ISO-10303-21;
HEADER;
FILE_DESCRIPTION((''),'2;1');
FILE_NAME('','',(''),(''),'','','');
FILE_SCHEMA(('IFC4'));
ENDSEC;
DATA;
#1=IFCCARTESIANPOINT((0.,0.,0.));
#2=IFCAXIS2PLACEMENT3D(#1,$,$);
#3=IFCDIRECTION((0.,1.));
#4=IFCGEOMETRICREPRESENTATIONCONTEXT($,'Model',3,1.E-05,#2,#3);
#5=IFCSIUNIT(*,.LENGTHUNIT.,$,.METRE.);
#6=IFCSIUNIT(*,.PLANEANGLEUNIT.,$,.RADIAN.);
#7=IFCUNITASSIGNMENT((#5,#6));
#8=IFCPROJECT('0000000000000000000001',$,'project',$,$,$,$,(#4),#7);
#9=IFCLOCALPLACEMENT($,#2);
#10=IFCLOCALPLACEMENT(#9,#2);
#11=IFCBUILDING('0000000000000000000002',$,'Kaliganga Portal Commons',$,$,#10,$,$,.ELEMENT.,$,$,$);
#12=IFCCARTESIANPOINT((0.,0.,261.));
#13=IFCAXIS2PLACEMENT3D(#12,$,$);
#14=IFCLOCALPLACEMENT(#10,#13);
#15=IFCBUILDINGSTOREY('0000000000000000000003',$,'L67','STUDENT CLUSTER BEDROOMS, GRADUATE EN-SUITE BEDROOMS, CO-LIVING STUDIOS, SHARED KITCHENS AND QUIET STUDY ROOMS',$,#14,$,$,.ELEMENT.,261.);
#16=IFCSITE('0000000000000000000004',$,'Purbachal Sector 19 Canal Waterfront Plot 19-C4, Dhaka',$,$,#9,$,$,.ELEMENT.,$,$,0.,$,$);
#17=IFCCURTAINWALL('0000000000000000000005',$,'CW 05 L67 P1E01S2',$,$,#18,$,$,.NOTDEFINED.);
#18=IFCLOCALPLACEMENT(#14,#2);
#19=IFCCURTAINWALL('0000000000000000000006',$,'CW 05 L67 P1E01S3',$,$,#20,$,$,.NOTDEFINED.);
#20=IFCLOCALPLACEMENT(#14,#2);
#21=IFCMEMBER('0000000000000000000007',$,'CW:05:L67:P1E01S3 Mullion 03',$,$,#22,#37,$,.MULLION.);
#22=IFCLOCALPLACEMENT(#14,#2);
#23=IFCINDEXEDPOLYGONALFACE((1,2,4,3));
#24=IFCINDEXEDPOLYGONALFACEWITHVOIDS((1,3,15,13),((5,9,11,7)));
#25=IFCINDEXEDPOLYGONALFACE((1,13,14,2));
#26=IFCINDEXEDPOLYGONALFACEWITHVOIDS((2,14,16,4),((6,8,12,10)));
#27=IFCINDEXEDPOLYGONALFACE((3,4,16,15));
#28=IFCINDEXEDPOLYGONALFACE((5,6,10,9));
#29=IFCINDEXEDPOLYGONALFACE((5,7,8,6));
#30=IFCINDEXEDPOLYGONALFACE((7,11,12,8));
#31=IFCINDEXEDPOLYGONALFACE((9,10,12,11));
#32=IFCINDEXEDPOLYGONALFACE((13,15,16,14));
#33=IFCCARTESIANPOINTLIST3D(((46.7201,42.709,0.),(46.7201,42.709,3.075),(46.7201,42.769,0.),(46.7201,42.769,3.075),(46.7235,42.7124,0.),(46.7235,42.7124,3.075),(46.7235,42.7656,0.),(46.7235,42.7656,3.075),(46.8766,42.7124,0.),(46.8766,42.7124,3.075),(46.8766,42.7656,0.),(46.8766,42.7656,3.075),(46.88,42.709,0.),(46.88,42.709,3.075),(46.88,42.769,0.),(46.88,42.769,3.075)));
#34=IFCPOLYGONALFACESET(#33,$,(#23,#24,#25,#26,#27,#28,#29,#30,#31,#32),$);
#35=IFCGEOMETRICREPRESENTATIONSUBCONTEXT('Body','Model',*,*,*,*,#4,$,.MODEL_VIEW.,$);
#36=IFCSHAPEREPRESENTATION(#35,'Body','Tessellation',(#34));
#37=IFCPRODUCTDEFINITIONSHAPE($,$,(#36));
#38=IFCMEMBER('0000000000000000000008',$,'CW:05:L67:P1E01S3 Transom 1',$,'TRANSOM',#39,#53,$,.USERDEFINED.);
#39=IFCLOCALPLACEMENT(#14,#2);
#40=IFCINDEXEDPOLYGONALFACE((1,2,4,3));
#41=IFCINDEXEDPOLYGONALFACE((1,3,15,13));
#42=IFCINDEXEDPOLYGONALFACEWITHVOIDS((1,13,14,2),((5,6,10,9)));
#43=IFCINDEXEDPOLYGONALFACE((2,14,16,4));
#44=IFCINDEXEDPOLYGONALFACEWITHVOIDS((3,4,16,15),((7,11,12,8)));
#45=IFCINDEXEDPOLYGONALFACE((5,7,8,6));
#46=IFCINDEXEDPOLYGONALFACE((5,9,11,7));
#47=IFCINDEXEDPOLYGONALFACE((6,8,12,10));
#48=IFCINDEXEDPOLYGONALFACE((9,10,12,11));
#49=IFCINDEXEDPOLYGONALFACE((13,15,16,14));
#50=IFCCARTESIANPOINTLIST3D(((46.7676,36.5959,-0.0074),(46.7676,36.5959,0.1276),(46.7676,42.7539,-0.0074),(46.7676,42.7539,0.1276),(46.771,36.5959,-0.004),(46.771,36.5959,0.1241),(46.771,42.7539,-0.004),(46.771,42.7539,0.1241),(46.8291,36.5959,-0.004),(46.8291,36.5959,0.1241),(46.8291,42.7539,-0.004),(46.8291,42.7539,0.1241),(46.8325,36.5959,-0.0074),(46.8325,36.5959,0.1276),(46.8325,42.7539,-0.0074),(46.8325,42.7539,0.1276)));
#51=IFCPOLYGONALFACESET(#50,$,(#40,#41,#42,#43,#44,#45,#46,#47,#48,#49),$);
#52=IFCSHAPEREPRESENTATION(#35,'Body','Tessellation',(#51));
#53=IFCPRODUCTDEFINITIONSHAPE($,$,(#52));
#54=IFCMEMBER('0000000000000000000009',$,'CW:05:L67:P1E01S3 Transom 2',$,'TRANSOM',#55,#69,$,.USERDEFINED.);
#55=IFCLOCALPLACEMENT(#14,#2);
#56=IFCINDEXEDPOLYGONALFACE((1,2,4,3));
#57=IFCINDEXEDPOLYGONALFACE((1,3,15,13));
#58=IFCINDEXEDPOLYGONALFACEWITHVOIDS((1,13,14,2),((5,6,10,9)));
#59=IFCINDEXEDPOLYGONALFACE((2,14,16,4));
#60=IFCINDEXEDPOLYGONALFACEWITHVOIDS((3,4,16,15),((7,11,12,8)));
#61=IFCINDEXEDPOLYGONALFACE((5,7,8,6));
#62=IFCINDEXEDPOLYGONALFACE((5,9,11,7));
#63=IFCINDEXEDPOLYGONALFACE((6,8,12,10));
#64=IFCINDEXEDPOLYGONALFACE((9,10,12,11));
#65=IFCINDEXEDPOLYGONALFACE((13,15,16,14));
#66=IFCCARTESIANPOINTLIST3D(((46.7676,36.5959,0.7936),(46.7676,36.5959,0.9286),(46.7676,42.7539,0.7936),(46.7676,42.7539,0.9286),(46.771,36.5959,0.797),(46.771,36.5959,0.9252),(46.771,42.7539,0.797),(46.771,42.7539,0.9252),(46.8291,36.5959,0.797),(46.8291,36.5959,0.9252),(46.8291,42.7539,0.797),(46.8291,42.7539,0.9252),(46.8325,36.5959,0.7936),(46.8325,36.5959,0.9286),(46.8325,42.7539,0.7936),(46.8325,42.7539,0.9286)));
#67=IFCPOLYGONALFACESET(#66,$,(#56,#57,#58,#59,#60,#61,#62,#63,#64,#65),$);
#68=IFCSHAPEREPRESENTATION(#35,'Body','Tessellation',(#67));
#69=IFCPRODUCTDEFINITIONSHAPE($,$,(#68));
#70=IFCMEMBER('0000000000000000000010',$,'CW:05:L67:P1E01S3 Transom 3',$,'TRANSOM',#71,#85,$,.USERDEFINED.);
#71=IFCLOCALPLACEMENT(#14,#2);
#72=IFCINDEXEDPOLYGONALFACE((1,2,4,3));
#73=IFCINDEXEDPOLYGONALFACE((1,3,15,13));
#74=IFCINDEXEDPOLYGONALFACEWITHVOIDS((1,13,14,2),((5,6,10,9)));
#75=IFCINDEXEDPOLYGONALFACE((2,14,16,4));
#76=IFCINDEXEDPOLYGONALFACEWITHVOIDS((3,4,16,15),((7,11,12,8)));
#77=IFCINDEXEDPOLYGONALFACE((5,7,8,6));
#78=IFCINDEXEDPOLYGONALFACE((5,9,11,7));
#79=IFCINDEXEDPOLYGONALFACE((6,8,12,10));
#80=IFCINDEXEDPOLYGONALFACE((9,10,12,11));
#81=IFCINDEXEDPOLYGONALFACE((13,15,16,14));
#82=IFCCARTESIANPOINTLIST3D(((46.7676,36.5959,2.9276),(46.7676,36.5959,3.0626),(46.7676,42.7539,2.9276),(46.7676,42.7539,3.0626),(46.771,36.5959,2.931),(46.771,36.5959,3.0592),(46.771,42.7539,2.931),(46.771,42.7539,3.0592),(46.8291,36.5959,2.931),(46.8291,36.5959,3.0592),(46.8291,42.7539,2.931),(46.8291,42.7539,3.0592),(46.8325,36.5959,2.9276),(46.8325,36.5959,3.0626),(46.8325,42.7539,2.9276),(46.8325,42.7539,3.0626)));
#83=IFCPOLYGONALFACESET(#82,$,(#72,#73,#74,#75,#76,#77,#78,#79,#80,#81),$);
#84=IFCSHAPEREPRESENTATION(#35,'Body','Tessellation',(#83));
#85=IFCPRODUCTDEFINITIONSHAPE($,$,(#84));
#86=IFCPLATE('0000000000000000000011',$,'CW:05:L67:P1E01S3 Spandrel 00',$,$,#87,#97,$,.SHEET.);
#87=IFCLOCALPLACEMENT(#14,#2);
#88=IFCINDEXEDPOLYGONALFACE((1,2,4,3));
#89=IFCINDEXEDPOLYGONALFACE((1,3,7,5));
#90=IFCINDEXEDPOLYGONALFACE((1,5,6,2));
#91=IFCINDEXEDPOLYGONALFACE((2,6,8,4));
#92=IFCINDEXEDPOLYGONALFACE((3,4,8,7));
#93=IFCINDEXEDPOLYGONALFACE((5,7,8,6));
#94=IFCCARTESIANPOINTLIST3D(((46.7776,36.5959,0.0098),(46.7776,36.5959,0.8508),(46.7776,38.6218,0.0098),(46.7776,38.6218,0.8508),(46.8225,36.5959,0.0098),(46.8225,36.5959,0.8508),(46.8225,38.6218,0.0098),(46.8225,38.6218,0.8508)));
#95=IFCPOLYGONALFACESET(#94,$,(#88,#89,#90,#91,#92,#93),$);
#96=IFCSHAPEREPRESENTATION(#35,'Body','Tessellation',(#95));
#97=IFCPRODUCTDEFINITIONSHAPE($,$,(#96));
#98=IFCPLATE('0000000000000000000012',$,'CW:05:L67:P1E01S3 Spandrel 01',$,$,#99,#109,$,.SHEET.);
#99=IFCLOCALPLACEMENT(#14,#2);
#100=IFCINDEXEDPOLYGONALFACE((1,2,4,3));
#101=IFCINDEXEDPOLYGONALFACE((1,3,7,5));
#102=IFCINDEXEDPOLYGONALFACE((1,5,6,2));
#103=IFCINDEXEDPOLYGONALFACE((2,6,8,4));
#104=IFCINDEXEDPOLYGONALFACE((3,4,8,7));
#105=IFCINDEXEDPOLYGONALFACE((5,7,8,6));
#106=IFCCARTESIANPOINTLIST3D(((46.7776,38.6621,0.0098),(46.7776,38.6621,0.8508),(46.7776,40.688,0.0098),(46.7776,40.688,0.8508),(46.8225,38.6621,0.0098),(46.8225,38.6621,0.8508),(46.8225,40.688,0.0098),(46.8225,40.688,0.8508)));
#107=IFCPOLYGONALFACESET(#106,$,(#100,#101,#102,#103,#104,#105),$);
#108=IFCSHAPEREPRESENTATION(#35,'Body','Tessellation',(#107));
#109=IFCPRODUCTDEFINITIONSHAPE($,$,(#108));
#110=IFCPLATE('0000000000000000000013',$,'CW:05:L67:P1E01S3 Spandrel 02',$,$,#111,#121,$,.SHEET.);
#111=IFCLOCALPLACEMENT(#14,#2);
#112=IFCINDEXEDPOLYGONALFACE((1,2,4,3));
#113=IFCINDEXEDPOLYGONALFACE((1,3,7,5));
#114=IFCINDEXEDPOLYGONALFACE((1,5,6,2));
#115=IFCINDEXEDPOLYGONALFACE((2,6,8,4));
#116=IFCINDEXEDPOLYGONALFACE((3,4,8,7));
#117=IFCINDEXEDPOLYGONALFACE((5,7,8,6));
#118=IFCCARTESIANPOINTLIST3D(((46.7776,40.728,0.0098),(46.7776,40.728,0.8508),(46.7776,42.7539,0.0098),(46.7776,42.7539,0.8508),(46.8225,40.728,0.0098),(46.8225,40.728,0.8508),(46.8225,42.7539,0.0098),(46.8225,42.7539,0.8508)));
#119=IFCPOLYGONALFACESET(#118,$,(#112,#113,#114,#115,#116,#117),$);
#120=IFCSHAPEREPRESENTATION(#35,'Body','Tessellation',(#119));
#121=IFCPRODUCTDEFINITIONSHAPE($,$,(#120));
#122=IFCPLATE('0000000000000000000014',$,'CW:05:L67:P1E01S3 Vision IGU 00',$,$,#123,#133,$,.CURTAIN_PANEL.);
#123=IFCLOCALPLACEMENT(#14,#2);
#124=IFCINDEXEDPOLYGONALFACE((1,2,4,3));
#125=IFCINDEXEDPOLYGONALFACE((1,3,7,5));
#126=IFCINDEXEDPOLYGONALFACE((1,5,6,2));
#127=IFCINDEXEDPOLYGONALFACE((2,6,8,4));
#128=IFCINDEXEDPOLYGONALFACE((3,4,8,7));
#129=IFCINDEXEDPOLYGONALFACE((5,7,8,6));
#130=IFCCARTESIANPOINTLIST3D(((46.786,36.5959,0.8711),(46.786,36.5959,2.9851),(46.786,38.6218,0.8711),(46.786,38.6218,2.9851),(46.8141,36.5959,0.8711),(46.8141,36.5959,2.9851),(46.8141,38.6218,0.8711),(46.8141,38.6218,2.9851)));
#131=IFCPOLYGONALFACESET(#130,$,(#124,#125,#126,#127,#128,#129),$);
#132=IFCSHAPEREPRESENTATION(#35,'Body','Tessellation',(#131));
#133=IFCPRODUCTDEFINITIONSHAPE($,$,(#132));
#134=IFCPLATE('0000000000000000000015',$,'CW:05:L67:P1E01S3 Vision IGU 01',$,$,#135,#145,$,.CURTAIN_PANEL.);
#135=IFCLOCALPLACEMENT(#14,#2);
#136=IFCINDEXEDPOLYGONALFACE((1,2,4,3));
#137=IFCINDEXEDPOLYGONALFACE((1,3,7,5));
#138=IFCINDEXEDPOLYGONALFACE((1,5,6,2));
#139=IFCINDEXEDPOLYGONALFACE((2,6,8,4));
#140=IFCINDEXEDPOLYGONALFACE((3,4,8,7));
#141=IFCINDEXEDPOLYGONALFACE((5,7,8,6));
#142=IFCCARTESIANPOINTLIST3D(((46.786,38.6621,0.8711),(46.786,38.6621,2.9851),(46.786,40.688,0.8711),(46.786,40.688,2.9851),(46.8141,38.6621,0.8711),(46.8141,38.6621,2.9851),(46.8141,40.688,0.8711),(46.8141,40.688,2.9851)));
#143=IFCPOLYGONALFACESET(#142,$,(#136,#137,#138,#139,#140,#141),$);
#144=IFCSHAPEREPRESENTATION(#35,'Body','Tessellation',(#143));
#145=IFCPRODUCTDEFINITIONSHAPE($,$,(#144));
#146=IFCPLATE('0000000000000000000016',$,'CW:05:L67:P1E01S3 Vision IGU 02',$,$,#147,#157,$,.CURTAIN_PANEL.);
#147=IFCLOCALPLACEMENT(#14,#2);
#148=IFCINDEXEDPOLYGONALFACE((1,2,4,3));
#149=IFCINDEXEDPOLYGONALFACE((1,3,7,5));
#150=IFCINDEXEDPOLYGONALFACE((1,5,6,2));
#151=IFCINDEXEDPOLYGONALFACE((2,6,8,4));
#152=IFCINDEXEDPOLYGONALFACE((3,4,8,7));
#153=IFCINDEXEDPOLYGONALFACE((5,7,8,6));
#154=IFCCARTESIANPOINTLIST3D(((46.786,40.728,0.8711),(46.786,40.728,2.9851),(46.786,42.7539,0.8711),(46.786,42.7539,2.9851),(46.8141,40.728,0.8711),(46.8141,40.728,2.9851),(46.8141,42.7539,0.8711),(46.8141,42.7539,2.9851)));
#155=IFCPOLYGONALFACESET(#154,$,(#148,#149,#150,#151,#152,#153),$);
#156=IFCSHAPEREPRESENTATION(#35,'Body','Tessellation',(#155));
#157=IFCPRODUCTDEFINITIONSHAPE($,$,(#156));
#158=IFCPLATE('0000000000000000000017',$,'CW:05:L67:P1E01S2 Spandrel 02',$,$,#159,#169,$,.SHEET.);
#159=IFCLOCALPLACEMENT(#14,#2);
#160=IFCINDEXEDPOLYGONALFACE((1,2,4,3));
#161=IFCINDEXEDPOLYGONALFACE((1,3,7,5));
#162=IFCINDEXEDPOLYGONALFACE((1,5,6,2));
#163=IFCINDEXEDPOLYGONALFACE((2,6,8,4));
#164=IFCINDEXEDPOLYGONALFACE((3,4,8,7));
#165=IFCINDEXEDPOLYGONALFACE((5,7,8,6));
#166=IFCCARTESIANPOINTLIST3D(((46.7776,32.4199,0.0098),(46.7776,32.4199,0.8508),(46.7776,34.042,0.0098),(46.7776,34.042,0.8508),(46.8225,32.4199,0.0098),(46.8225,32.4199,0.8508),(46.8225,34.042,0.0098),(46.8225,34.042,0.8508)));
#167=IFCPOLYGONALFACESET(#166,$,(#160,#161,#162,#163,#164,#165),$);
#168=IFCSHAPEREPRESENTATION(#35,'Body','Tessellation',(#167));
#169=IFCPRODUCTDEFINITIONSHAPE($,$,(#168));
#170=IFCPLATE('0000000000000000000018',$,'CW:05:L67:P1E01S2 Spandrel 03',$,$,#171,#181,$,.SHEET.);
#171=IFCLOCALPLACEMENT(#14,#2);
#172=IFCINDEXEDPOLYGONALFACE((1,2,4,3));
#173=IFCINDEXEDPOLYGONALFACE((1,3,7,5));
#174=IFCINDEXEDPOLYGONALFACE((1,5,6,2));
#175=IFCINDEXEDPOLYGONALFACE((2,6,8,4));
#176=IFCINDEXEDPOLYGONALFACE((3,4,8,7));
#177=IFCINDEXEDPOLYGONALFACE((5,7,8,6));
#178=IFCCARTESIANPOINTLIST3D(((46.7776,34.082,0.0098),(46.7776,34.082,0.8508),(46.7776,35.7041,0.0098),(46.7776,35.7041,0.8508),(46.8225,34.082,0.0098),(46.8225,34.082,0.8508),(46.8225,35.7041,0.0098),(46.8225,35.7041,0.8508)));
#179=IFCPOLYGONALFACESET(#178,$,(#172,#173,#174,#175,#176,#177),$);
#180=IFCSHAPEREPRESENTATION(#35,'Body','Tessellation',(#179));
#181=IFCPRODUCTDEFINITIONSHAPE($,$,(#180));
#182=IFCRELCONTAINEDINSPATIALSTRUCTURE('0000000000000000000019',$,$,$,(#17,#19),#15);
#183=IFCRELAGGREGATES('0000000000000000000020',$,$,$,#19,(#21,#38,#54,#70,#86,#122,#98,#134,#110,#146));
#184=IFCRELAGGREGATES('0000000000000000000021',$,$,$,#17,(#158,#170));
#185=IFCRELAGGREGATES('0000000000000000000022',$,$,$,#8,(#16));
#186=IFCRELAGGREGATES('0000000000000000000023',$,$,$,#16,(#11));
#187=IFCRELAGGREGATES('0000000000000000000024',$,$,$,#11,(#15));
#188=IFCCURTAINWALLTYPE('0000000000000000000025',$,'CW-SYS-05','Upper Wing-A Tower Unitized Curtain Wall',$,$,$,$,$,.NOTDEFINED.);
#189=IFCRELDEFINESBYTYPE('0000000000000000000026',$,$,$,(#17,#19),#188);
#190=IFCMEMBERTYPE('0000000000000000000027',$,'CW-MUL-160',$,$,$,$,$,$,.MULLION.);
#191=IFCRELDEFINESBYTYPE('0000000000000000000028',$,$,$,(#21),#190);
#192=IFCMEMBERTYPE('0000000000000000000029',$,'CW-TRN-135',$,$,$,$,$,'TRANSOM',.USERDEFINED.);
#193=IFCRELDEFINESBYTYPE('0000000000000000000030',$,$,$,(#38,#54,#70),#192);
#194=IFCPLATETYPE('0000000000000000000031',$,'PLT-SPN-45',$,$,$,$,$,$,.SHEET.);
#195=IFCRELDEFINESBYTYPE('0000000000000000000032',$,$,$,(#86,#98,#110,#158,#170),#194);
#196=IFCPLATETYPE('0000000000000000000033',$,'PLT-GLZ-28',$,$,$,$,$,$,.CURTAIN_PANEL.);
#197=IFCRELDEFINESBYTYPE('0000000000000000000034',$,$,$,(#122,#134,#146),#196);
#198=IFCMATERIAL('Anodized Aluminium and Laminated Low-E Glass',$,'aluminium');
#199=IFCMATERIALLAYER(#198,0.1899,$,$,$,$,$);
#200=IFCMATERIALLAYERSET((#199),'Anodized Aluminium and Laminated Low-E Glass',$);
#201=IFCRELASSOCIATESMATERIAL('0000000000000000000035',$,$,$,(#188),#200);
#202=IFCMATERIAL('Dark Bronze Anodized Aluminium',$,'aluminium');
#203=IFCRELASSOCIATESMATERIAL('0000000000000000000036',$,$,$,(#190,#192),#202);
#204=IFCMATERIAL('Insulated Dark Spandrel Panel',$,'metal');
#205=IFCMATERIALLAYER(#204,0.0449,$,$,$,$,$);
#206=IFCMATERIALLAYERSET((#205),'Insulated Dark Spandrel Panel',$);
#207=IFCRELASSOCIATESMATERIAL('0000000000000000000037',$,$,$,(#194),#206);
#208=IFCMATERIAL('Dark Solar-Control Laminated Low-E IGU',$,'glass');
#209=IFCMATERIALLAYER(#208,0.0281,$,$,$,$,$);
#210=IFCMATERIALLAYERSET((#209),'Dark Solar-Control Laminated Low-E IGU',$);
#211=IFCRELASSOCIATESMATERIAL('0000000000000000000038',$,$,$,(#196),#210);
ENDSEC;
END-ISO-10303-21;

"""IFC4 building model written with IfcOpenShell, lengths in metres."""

from ifc_helpers import new_model, si_unit, direction, frame, origin, origin_2d, place, context, subcontext, project, spatial, rectangle, hollow_rectangle, extrude, source, transform, mapped, material, layer, layer_set, material_profile, profile_set, type_object, element, aggregate, save


model = new_model("IFC4")

# Units and contexts
model_context = context("Model", 3, precision=1e-05, world=origin(), true_north=direction((0.0, 1.0)))
body_context = subcontext(model_context, "Body", "Model", "MODEL_VIEW")
ifc_project = project(units=[si_unit("LENGTHUNIT", "METRE"), si_unit("PLANEANGLEUNIT", "RADIAN")], contexts=[model_context])

# Site, building, storey
site_placement = place(None, origin())
site = spatial("IfcSite", under=ifc_project, at=site_placement, Name="Purbachal Sector 19 Canal Waterfront Plot 19-C4, Dhaka", CompositionType="ELEMENT", RefElevation=0.0)
building_placement = place(site_placement, origin())
building = spatial("IfcBuilding", under=site, at=building_placement, Name="Kaliganga Portal Commons", CompositionType="ELEMENT")
storey_placement = place(building_placement, frame((0.0, 0.0, 261.0)))
storey = spatial("IfcBuildingStorey", under=building, at=storey_placement, Name="L67", Description="STUDENT CLUSTER BEDROOMS, GRADUATE EN-SUITE BEDROOMS, CO-LIVING STUDIOS, SHARED KITCHENS AND QUIET STUDY ROOMS", CompositionType="ELEMENT", Elevation=261.0)

# Curtain wall
ifc_material_1 = material(Name="Anodized Aluminium and Laminated Low-E Glass", Category="aluminium")
ifc_layer_1 = layer(ifc_material_1, 0.1899)
ifc_layer_set_1 = layer_set([ifc_layer_1], Name="Anodized Aluminium and Laminated Low-E Glass")
curtain_wall_type = type_object("IfcCurtainWallType", Name="CW-SYS-05", Description="Upper Wing-A Tower Unitized Curtain Wall", PredefinedType="NOTDEFINED", material=ifc_layer_set_1)
curtain_wall_1_placement = place(storey_placement, origin())
curtain_wall_1 = element("IfcCurtainWall", 1, at=curtain_wall_1_placement, inside=storey, type_object=curtain_wall_type, Name="CW 05 L67 P1E01S2", PredefinedType="NOTDEFINED")
ifc_material_2 = material(Name="Dark Bronze Anodized Aluminium", Category="aluminium")
ifc_material_profile_1 = material_profile(ifc_material_2, hollow_rectangle(XDim=0.0601, YDim=0.1599, WallThickness=0.0034, at=origin_2d()), Name="ALU MULL 60x160x3.5")
ifc_profile_set_1 = profile_set([ifc_material_profile_1], Name="Dark Bronze Anodized Aluminium")
member_type_1 = type_object("IfcMemberType", Name="CW-MUL-160", PredefinedType="MULLION", material=ifc_profile_set_1)
shared_shape_1 = source(origin(), body_context, "Body", "SweptSolid", [
    extrude(hollow_rectangle(XDim=0.0601, YDim=0.1599, WallThickness=0.0034, at=origin_2d()), origin(), (0.0, 0.0, 1.0), 3.075),
])

# Curtain wall, members, plates
curtain_wall_2_placement = place(storey_placement, origin())
curtain_wall_2 = element("IfcCurtainWall", 2, at=curtain_wall_2_placement, inside=storey, type_object=curtain_wall_type, Name="CW 05 L67 P1E01S3", PredefinedType="NOTDEFINED")
member_1_placement = place(storey_placement, frame((46.8, 42.739, 0.0), z_axis=(0.0, 0.0, 1.0), x_axis=(0.0, 1.0, 0.0)))
member_1 = element("IfcMember", 3, at=member_1_placement, type_object=member_type_1, Name="CW:05:L67:P1E01S3 Mullion 03", PredefinedType="MULLION", context=body_context, shape_type="MappedRepresentation", body=[
    mapped(shared_shape_1, transform((0.0, 0.0, 0.0), x_axis=(1.0, 0.0, 0.0), y_axis=(0.0, 1.0, 0.0), z_axis=(0.0, 0.0, 1.0), scale=1.0)),
])
ifc_material_profile_2 = material_profile(ifc_material_2, hollow_rectangle(XDim=0.0649, YDim=0.135, WallThickness=0.0034, at=origin_2d()), Name="ALU TRAN 65x135x3.5")
ifc_profile_set_2 = profile_set([ifc_material_profile_2], Name="Dark Bronze Anodized Aluminium")
member_type_2 = type_object("IfcMemberType", Name="CW-TRN-135", ElementType="TRANSOM", PredefinedType="USERDEFINED", material=ifc_profile_set_2)
shared_shape_2 = source(origin(), body_context, "Body", "SweptSolid", [
    extrude(hollow_rectangle(XDim=0.0649, YDim=0.135, WallThickness=0.0034, at=origin_2d()), origin(), (0.0, 0.0, 1.0), 6.158),
])
member_2_placement = place(storey_placement, frame((46.8, 36.5959, 0.0601), z_axis=(0.0, 1.0, 0.0), x_axis=(-1.0, 0.0, 0.0)))
member_2 = element("IfcMember", 4, at=member_2_placement, type_object=member_type_2, Name="CW:05:L67:P1E01S3 Transom 1", ObjectType="TRANSOM", PredefinedType="USERDEFINED", context=body_context, shape_type="MappedRepresentation", body=[
    mapped(shared_shape_2, transform((0.0, 0.0, 0.0), x_axis=(1.0, 0.0, 0.0), y_axis=(0.0, 1.0, 0.0), z_axis=(0.0, 0.0, 1.0), scale=1.0)),
])
member_3_placement = place(storey_placement, frame((46.8, 36.5959, 0.8611), z_axis=(0.0, 1.0, 0.0), x_axis=(-1.0, 0.0, 0.0)))
member_3 = element("IfcMember", 5, at=member_3_placement, type_object=member_type_2, Name="CW:05:L67:P1E01S3 Transom 2", ObjectType="TRANSOM", PredefinedType="USERDEFINED", context=body_context, shape_type="MappedRepresentation", body=[
    mapped(shared_shape_2, transform((0.0, 0.0, 0.0), x_axis=(1.0, 0.0, 0.0), y_axis=(0.0, 1.0, 0.0), z_axis=(0.0, 0.0, 1.0), scale=1.0)),
])
member_4_placement = place(storey_placement, frame((46.8, 36.5959, 2.9951), z_axis=(0.0, 1.0, 0.0), x_axis=(-1.0, 0.0, 0.0)))
member_4 = element("IfcMember", 6, at=member_4_placement, type_object=member_type_2, Name="CW:05:L67:P1E01S3 Transom 3", ObjectType="TRANSOM", PredefinedType="USERDEFINED", context=body_context, shape_type="MappedRepresentation", body=[
    mapped(shared_shape_2, transform((0.0, 0.0, 0.0), x_axis=(1.0, 0.0, 0.0), y_axis=(0.0, 1.0, 0.0), z_axis=(0.0, 0.0, 1.0), scale=1.0)),
])
ifc_material_3 = material(Name="Insulated Dark Spandrel Panel", Category="metal")
ifc_layer_2 = layer(ifc_material_3, 0.0449)
ifc_layer_set_2 = layer_set([ifc_layer_2], Name="Insulated Dark Spandrel Panel")
plate_type_1 = type_object("IfcPlateType", Name="PLT-SPN-45", PredefinedType="SHEET", material=ifc_layer_set_2)
shared_shape_3 = source(origin(), body_context, "Body", "SweptSolid", [
    extrude(rectangle(XDim=2.0259, YDim=0.0449, at=origin_2d()), origin(), (0.0, 0.0, 1.0), 0.8411),
])
plate_1_placement = place(storey_placement, frame((46.8, 37.6089, 0.0098), z_axis=(0.0, 0.0, 1.0), x_axis=(0.0, 1.0, 0.0)))
plate_1 = element("IfcPlate", 7, at=plate_1_placement, type_object=plate_type_1, Name="CW:05:L67:P1E01S3 Spandrel 00", PredefinedType="SHEET", context=body_context, shape_type="MappedRepresentation", body=[
    mapped(shared_shape_3, transform((0.0, 0.0, 0.0), x_axis=(1.0, 0.0, 0.0), y_axis=(0.0, 1.0, 0.0), z_axis=(0.0, 0.0, 1.0), scale=1.0)),
])
plate_2_placement = place(storey_placement, frame((46.8, 39.675, 0.0098), z_axis=(0.0, 0.0, 1.0), x_axis=(0.0, 1.0, 0.0)))
plate_2 = element("IfcPlate", 8, at=plate_2_placement, type_object=plate_type_1, Name="CW:05:L67:P1E01S3 Spandrel 01", PredefinedType="SHEET", context=body_context, shape_type="MappedRepresentation", body=[
    mapped(shared_shape_3, transform((0.0, 0.0, 0.0), x_axis=(1.0, 0.0, 0.0), y_axis=(0.0, 1.0, 0.0), z_axis=(0.0, 0.0, 1.0), scale=1.0)),
])
plate_3_placement = place(storey_placement, frame((46.8, 41.741, 0.0098), z_axis=(0.0, 0.0, 1.0), x_axis=(0.0, 1.0, 0.0)))
plate_3 = element("IfcPlate", 9, at=plate_3_placement, type_object=plate_type_1, Name="CW:05:L67:P1E01S3 Spandrel 02", PredefinedType="SHEET", context=body_context, shape_type="MappedRepresentation", body=[
    mapped(shared_shape_3, transform((0.0, 0.0, 0.0), x_axis=(1.0, 0.0, 0.0), y_axis=(0.0, 1.0, 0.0), z_axis=(0.0, 0.0, 1.0), scale=1.0)),
])
ifc_material_4 = material(Name="Dark Solar-Control Laminated Low-E IGU", Category="glass")
ifc_layer_3 = layer(ifc_material_4, 0.0281)
ifc_layer_set_3 = layer_set([ifc_layer_3], Name="Dark Solar-Control Laminated Low-E IGU")
plate_type_2 = type_object("IfcPlateType", Name="PLT-GLZ-28", PredefinedType="CURTAIN_PANEL", material=ifc_layer_set_3)
shared_shape_4 = source(origin(), body_context, "Body", "SweptSolid", [
    extrude(rectangle(XDim=2.0259, YDim=0.0281, at=origin_2d()), origin(), (0.0, 0.0, 1.0), 2.114),
])
plate_4_placement = place(storey_placement, frame((46.8, 37.6089, 0.8711), z_axis=(0.0, 0.0, 1.0), x_axis=(0.0, 1.0, 0.0)))
plate_4 = element("IfcPlate", 10, at=plate_4_placement, type_object=plate_type_2, Name="CW:05:L67:P1E01S3 Vision IGU 00", PredefinedType="CURTAIN_PANEL", context=body_context, shape_type="MappedRepresentation", body=[
    mapped(shared_shape_4, transform((0.0, 0.0, 0.0), x_axis=(1.0, 0.0, 0.0), y_axis=(0.0, 1.0, 0.0), z_axis=(0.0, 0.0, 1.0), scale=1.0)),
])
plate_5_placement = place(storey_placement, frame((46.8, 39.675, 0.8711), z_axis=(0.0, 0.0, 1.0), x_axis=(0.0, 1.0, 0.0)))
plate_5 = element("IfcPlate", 11, at=plate_5_placement, type_object=plate_type_2, Name="CW:05:L67:P1E01S3 Vision IGU 01", PredefinedType="CURTAIN_PANEL", context=body_context, shape_type="MappedRepresentation", body=[
    mapped(shared_shape_4, transform((0.0, 0.0, 0.0), x_axis=(1.0, 0.0, 0.0), y_axis=(0.0, 1.0, 0.0), z_axis=(0.0, 0.0, 1.0), scale=1.0)),
])
plate_6_placement = place(storey_placement, frame((46.8, 41.741, 0.8711), z_axis=(0.0, 0.0, 1.0), x_axis=(0.0, 1.0, 0.0)))
plate_6 = element("IfcPlate", 12, at=plate_6_placement, type_object=plate_type_2, Name="CW:05:L67:P1E01S3 Vision IGU 02", PredefinedType="CURTAIN_PANEL", context=body_context, shape_type="MappedRepresentation", body=[
    mapped(shared_shape_4, transform((0.0, 0.0, 0.0), x_axis=(1.0, 0.0, 0.0), y_axis=(0.0, 1.0, 0.0), z_axis=(0.0, 0.0, 1.0), scale=1.0)),
])
aggregate(curtain_wall_2, [member_1, member_2, member_3, member_4, plate_1, plate_4, plate_2, plate_5, plate_3, plate_6])

# Plates
shared_shape_5 = source(origin(), body_context, "Body", "SweptSolid", [
    extrude(rectangle(XDim=1.6221, YDim=0.0449, at=origin_2d()), origin(), (0.0, 0.0, 1.0), 0.8411),
])
plate_7_placement = place(storey_placement, frame((46.8, 33.231, 0.0098), z_axis=(0.0, 0.0, 1.0), x_axis=(0.0, 1.0, 0.0)))
plate_7 = element("IfcPlate", 13, at=plate_7_placement, type_object=plate_type_1, Name="CW:05:L67:P1E01S2 Spandrel 02", PredefinedType="SHEET", context=body_context, shape_type="MappedRepresentation", body=[
    mapped(shared_shape_5, transform((0.0, 0.0, 0.0), x_axis=(1.0, 0.0, 0.0), y_axis=(0.0, 1.0, 0.0), z_axis=(0.0, 0.0, 1.0), scale=1.0)),
])
plate_8_placement = place(storey_placement, frame((46.8, 34.8931, 0.0098), z_axis=(0.0, 0.0, 1.0), x_axis=(0.0, 1.0, 0.0)))
plate_8 = element("IfcPlate", 14, at=plate_8_placement, type_object=plate_type_1, Name="CW:05:L67:P1E01S2 Spandrel 03", PredefinedType="SHEET", context=body_context, shape_type="MappedRepresentation", body=[
    mapped(shared_shape_5, transform((0.0, 0.0, 0.0), x_axis=(1.0, 0.0, 0.0), y_axis=(0.0, 1.0, 0.0), z_axis=(0.0, 0.0, 1.0), scale=1.0)),
])
aggregate(curtain_wall_1, [plate_7, plate_8])

save(model, "model.ifc")
